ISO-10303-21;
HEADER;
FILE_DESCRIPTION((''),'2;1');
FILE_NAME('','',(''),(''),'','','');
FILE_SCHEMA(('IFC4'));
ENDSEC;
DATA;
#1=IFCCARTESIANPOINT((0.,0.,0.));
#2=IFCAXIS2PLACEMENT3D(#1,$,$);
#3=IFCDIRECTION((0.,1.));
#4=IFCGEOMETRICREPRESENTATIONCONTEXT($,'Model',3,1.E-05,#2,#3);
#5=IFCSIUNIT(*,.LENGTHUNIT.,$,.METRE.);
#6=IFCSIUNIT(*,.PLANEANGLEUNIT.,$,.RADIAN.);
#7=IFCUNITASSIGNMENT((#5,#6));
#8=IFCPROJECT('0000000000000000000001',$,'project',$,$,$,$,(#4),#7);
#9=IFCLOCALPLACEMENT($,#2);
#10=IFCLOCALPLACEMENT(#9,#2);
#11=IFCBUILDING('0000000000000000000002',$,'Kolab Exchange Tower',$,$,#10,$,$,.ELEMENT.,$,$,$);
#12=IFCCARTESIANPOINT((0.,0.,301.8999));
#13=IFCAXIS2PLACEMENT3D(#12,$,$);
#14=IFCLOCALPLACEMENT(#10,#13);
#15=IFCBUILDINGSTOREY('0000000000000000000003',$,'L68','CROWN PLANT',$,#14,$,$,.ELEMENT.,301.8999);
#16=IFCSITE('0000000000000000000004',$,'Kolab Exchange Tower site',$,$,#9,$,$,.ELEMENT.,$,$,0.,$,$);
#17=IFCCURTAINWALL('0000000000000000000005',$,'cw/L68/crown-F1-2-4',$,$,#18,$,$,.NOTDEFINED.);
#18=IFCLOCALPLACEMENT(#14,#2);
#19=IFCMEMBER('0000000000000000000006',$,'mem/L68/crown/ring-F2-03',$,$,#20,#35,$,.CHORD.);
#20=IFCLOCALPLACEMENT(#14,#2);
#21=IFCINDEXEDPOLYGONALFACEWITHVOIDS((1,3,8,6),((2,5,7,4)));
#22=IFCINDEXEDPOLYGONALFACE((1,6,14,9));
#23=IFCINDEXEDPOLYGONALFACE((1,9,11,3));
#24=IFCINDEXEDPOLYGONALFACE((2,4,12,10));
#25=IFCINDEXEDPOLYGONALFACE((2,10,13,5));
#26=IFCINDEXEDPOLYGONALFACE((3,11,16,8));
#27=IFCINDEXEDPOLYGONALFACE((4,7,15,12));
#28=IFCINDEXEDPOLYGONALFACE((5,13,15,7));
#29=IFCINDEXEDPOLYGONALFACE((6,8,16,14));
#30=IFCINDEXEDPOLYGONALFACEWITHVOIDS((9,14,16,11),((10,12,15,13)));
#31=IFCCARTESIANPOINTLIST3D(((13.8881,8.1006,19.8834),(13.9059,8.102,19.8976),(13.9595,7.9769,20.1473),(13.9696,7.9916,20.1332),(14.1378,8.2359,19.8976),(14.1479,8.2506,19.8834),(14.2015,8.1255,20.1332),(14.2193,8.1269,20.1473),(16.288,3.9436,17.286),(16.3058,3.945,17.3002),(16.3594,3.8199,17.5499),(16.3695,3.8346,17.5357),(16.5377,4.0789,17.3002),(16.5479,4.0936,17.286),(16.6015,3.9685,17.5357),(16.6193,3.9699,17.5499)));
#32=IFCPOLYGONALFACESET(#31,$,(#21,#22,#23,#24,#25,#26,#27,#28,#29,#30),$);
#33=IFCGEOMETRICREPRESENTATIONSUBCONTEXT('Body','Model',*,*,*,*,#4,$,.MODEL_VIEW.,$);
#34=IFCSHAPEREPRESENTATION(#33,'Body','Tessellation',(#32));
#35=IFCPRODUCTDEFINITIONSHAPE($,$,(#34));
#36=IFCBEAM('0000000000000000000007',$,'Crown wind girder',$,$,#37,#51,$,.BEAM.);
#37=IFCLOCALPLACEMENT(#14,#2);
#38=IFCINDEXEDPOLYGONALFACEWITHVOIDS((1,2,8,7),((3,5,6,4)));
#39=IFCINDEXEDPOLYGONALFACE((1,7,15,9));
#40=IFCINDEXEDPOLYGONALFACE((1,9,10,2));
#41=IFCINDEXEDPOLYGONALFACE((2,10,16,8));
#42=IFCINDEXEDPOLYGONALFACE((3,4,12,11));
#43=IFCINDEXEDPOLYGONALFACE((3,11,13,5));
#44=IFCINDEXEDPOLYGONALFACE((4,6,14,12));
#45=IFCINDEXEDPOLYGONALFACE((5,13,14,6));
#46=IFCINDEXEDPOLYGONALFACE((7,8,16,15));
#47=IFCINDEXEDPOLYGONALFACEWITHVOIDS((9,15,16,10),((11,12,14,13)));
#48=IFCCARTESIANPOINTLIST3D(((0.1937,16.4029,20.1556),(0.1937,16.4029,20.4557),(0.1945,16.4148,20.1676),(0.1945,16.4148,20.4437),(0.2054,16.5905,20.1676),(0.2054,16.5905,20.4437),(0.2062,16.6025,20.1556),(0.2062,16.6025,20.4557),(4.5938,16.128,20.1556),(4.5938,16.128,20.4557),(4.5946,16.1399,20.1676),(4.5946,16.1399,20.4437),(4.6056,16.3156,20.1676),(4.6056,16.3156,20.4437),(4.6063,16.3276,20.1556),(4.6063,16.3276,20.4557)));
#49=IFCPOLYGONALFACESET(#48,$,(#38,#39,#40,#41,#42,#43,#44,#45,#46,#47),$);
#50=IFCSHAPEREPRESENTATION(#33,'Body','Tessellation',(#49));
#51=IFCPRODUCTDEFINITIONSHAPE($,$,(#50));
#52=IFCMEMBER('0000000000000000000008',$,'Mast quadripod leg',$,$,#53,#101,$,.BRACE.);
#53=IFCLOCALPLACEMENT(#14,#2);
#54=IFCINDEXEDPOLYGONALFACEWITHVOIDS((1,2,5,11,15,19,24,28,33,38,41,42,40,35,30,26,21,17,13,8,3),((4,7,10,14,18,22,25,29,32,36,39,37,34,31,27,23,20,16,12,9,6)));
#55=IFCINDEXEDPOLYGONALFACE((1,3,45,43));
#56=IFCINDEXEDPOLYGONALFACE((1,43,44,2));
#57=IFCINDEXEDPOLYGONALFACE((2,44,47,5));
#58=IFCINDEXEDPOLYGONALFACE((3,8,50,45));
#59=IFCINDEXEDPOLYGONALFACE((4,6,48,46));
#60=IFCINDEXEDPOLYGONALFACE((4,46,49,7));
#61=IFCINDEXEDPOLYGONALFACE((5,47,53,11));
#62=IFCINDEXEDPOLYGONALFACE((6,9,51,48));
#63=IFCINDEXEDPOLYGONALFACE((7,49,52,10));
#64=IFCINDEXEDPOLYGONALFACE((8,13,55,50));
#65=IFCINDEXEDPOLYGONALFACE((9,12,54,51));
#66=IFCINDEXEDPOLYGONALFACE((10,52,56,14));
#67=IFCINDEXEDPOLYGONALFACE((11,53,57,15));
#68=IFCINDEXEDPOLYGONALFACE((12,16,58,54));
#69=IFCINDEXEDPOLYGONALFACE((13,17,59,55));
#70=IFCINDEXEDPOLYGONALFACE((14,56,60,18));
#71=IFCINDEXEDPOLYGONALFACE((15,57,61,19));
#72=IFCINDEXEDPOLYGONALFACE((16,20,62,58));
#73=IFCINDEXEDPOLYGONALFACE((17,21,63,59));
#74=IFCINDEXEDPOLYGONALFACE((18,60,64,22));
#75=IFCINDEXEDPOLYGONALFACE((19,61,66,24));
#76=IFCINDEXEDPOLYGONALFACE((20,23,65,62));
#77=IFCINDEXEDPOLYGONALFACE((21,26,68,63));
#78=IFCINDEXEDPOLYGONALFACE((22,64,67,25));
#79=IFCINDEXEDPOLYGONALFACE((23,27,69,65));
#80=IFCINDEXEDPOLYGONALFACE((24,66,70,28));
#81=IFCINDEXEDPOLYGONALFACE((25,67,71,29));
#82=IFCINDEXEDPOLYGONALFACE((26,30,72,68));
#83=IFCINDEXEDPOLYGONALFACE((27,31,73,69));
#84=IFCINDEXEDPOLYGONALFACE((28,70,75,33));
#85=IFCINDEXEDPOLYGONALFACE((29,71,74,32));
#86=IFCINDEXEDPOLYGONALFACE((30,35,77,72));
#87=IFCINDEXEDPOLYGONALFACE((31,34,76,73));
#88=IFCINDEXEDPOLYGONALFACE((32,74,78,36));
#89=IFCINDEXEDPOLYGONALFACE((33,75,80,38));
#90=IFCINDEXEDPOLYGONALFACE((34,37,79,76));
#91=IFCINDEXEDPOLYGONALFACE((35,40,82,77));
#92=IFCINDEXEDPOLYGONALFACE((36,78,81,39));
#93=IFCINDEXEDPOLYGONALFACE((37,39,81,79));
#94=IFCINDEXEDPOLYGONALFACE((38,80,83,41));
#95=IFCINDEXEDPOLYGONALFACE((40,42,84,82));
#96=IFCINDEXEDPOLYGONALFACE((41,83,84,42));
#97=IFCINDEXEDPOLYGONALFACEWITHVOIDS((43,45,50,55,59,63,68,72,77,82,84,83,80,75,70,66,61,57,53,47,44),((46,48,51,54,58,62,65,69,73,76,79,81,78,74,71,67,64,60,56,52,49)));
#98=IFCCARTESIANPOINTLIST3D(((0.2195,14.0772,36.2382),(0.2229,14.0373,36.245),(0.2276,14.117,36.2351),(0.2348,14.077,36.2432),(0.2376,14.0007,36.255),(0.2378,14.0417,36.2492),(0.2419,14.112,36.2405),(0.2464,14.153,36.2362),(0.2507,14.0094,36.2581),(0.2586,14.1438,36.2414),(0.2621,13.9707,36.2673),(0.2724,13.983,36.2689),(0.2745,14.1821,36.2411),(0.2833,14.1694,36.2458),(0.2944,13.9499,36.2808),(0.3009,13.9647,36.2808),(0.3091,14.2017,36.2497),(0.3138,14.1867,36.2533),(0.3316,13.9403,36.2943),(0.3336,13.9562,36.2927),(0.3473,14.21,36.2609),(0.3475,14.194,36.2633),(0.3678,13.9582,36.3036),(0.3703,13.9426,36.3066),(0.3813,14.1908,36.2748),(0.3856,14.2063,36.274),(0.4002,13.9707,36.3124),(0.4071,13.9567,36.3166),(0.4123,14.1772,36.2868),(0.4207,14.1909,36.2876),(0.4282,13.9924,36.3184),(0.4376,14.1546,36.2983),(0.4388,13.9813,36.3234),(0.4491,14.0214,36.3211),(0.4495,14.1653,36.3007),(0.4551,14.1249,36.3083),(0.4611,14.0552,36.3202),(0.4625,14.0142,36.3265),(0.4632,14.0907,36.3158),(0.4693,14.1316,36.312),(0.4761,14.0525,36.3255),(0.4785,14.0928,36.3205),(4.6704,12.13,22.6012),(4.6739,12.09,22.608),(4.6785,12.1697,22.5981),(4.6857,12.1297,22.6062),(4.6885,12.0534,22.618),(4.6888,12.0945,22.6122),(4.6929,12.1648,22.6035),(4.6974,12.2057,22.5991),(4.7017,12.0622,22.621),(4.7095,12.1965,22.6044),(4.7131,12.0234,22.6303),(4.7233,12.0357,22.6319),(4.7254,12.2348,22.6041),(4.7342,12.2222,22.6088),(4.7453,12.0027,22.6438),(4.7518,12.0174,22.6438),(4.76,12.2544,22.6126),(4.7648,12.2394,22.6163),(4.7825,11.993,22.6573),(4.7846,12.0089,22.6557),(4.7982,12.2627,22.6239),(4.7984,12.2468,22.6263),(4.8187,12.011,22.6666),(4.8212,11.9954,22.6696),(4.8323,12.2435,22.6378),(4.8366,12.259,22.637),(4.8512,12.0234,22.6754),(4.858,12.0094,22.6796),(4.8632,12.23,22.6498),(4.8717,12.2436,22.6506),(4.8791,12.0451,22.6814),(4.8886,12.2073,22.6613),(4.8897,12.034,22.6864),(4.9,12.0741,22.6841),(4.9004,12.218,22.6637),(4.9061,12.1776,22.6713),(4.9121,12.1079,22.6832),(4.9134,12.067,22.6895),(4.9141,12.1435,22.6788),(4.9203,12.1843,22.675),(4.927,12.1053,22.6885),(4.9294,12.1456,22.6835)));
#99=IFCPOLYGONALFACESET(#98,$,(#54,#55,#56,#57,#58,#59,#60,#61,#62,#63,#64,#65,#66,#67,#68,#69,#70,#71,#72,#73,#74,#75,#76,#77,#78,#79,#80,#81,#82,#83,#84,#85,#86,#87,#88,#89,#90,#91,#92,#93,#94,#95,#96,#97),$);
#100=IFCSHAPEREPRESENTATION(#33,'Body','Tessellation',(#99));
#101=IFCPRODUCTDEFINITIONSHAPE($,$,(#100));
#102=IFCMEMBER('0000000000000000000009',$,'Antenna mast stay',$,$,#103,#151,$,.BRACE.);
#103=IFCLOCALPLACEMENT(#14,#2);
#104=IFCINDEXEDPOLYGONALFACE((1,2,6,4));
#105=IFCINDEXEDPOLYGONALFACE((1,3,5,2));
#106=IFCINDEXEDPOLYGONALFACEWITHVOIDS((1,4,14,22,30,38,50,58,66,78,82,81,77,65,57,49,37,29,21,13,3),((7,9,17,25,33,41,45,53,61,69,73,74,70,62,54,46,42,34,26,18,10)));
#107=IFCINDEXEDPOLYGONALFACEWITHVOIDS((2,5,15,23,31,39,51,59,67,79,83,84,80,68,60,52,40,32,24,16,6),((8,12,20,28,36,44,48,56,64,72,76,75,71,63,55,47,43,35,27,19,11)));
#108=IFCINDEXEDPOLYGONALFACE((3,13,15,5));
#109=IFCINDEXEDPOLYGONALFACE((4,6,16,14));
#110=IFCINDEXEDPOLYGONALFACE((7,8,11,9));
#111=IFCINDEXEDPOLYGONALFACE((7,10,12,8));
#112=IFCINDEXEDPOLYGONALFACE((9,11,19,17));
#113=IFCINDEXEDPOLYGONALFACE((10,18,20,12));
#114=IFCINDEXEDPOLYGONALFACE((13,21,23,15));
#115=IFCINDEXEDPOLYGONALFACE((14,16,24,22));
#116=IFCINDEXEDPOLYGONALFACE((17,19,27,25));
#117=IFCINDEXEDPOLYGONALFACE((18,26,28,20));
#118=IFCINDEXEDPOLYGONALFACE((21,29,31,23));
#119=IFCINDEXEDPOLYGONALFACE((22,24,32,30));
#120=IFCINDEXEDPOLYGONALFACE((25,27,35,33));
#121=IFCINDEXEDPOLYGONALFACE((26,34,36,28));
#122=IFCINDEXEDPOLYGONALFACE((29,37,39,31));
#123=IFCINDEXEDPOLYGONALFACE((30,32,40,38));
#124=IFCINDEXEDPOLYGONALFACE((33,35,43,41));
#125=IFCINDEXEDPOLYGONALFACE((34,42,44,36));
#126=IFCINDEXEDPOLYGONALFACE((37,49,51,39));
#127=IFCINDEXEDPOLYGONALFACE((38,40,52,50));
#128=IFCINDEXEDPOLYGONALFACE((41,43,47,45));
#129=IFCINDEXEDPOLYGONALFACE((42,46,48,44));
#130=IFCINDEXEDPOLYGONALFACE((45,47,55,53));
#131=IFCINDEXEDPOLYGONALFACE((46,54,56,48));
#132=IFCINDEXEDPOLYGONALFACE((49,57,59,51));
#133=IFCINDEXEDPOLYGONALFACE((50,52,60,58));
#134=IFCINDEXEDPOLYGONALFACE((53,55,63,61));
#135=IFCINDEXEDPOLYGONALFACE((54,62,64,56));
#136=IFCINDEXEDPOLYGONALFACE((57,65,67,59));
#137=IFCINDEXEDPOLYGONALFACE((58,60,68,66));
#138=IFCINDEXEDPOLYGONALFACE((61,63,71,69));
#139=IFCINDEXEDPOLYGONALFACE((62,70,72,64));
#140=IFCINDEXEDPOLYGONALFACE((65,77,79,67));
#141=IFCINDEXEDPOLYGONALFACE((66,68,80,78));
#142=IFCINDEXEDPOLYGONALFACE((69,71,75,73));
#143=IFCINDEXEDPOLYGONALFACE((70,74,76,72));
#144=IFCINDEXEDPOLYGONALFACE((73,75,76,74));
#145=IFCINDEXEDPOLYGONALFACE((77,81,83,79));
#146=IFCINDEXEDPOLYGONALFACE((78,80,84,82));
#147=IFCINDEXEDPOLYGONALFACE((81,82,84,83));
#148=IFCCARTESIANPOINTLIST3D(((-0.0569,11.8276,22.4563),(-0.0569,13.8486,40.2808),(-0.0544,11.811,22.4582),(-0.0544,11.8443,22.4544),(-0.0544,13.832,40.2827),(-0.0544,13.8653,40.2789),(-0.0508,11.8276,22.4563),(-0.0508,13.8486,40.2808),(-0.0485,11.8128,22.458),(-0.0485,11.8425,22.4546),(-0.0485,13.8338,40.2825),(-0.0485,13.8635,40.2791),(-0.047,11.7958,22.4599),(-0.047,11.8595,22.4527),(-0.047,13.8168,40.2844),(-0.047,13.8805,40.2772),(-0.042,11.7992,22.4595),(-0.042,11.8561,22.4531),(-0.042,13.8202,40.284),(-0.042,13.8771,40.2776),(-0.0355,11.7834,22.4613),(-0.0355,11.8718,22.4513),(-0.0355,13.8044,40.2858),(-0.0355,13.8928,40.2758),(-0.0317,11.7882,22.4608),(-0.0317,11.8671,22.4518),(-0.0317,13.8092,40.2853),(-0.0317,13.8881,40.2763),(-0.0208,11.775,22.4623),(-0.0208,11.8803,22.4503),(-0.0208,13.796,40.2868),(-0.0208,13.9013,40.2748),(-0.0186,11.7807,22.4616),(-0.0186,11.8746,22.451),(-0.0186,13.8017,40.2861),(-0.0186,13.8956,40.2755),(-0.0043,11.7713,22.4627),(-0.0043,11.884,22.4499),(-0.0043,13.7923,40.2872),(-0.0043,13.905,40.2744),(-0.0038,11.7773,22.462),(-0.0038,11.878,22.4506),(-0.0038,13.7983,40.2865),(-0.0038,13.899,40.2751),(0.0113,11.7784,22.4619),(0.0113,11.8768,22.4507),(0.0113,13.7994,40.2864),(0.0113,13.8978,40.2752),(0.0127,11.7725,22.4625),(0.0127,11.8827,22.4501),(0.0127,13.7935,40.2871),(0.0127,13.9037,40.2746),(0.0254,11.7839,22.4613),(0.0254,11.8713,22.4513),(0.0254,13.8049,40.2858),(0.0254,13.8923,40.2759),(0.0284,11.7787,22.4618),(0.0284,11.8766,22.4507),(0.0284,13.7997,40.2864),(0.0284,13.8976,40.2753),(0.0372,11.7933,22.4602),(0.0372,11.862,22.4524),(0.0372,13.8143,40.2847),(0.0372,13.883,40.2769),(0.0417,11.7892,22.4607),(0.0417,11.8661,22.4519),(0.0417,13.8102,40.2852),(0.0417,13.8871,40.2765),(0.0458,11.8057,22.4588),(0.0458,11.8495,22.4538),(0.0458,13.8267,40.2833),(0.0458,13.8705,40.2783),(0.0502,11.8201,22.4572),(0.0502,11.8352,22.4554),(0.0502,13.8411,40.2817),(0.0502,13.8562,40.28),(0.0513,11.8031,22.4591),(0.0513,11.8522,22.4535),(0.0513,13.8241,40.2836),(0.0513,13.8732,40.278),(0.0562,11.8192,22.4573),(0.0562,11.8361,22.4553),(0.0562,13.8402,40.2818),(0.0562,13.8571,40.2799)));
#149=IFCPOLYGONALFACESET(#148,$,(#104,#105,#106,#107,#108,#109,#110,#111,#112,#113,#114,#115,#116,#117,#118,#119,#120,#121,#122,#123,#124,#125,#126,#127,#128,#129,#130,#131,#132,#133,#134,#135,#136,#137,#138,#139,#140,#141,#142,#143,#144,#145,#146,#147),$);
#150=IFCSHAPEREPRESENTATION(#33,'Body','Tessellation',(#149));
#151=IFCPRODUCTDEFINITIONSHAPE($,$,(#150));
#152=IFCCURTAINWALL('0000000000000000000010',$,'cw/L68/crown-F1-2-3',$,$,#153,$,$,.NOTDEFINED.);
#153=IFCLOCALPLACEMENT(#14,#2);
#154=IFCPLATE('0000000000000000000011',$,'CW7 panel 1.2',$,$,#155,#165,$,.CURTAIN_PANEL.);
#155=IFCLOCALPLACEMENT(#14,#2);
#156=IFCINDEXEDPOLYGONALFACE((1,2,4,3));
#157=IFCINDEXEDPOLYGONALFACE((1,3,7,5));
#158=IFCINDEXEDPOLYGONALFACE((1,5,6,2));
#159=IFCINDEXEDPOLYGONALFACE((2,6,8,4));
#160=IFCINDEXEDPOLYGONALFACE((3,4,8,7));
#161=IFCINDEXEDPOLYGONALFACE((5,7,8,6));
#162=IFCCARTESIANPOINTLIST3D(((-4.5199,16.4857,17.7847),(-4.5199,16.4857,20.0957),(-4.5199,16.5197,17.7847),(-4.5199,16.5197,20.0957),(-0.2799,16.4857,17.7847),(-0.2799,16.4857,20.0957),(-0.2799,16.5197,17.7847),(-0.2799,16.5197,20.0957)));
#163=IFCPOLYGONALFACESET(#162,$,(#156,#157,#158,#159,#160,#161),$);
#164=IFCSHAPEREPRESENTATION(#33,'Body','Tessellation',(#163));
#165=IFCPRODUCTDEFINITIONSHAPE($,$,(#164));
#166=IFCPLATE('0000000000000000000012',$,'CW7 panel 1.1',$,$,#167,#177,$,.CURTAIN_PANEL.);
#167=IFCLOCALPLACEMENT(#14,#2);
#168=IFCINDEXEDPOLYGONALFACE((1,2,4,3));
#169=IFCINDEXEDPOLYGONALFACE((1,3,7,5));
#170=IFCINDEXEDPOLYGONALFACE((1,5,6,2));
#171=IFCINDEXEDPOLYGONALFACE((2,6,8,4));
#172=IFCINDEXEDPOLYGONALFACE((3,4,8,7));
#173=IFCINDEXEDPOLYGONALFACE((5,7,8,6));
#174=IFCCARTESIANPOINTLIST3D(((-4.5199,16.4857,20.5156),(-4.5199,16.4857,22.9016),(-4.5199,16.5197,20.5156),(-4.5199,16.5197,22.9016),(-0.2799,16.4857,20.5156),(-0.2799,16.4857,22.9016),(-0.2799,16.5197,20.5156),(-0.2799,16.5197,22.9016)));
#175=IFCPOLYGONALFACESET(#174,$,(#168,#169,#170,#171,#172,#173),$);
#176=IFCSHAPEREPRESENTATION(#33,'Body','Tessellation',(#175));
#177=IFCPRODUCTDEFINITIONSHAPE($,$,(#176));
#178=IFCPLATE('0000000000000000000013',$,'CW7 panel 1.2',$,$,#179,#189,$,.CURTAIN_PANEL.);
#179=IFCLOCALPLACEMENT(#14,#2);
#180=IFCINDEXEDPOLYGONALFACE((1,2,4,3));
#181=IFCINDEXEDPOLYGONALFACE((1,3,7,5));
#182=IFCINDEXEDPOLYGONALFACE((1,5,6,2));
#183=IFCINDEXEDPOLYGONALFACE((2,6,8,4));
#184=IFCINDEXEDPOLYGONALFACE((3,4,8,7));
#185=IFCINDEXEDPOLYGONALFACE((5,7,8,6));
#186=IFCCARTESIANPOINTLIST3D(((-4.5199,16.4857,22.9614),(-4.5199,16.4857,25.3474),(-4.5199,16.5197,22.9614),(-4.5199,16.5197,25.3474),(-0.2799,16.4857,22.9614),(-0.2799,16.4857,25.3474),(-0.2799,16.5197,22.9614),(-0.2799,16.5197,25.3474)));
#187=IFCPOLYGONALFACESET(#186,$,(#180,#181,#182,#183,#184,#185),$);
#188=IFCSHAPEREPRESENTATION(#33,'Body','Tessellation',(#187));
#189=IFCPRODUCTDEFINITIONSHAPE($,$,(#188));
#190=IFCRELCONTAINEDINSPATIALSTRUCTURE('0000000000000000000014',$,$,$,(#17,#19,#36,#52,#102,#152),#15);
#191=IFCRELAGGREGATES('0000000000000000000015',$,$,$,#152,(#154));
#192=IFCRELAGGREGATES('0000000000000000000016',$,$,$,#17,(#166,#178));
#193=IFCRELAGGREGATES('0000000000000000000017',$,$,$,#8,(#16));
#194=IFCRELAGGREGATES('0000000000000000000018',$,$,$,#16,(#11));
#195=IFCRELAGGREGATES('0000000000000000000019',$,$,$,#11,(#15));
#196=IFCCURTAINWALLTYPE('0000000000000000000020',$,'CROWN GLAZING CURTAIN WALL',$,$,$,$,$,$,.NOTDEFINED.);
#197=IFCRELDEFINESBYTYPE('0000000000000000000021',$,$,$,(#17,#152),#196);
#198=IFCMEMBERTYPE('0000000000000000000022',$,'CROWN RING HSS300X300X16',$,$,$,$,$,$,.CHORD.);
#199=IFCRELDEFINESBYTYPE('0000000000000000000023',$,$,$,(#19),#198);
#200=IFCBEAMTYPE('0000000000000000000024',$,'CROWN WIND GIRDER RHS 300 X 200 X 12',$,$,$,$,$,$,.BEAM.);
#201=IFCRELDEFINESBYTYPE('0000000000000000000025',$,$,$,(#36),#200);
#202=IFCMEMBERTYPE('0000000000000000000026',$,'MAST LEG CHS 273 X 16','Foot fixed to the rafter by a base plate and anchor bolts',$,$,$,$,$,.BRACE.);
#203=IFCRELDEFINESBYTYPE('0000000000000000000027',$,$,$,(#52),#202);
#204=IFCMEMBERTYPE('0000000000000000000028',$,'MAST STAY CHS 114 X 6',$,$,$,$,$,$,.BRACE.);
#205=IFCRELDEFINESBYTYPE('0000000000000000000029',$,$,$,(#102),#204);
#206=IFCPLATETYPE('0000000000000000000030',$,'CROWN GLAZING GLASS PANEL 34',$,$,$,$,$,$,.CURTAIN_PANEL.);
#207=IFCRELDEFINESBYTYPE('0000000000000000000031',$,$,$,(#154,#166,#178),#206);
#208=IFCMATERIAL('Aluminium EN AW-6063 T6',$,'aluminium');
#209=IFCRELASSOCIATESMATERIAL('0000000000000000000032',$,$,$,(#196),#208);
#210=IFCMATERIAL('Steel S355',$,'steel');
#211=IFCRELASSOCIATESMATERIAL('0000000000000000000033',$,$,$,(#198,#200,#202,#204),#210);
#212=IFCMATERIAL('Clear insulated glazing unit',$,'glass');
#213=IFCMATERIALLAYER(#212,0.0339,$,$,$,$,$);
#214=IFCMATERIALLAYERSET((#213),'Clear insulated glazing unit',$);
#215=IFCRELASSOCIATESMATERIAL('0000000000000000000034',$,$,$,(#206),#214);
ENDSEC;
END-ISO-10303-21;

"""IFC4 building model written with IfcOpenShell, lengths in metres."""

from ifc_helpers import new_model, si_unit, direction, frame, origin, origin_2d, place, context, subcontext, project, spatial, rectangle, hollow_rectangle, hollow_circle, extrude, material, layer, layer_set, material_profile, profile_set, type_object, element, aggregate, save


model = new_model("IFC4")

# Units and contexts
model_context = context("Model", 3, precision=1e-05, world=origin(), true_north=direction((0.0, 1.0)))
body_context = subcontext(model_context, "Body", "Model", "MODEL_VIEW")
ifc_project = project(units=[si_unit("LENGTHUNIT", "METRE"), si_unit("PLANEANGLEUNIT", "RADIAN")], contexts=[model_context])

# Site, building, storey
site_placement = place(None, origin())
site = spatial("IfcSite", under=ifc_project, at=site_placement, Name="Kolab Exchange Tower site", CompositionType="ELEMENT", RefElevation=0.0)
building_placement = place(site_placement, origin())
building = spatial("IfcBuilding", under=site, at=building_placement, Name="Kolab Exchange Tower", CompositionType="ELEMENT")
storey_placement = place(building_placement, frame((0.0, 0.0, 301.8999)))
storey = spatial("IfcBuildingStorey", under=building, at=storey_placement, Name="L68", Description="CROWN PLANT", CompositionType="ELEMENT", Elevation=301.8999)

# Curtain wall
ifc_material_1 = material(Name="Aluminium EN AW-6063 T6", Category="aluminium")
curtain_wall_type = type_object("IfcCurtainWallType", Name="CROWN GLAZING CURTAIN WALL", PredefinedType="NOTDEFINED", material=ifc_material_1)
curtain_wall_1_placement = place(storey_placement, origin())
curtain_wall_1 = element("IfcCurtainWall", 1, at=curtain_wall_1_placement, inside=storey, type_object=curtain_wall_type, Name="cw/L68/crown-F1-2-4", PredefinedType="NOTDEFINED")

# Member
ifc_material_2 = material(Name="Steel S355", Category="steel")
ifc_material_profile_1 = material_profile(ifc_material_2, hollow_rectangle(XDim=0.3, YDim=0.3, WallThickness=0.0161, at=origin_2d()), Name="HSS300X300X16")
ifc_profile_set_1 = profile_set([ifc_material_profile_1], Name="Steel S355")
member_type_1 = type_object("IfcMemberType", Name="CROWN RING HSS300X300X16", PredefinedType="CHORD", material=ifc_profile_set_1)
member_1_placement = place(storey_placement, frame((14.0537, 8.1138, 20.0154), z_axis=(0.439727, -0.761672, -0.475916), x_axis=(0.866037, 0.499979, 0.0)))
element("IfcMember", 2, at=member_1_placement, inside=storey, type_object=member_type_1, Name="mem/L68/crown/ring-F2-03", PredefinedType="CHORD", context=body_context, shape_type="SweptSolid", body=[
    extrude(hollow_rectangle(XDim=0.3, YDim=0.3, WallThickness=0.0161, at=origin_2d()), origin(), (0.0, 0.0, 1.0), 5.4578),
])

# Beam
ifc_material_profile_2 = material_profile(ifc_material_2, hollow_rectangle(XDim=0.2, YDim=0.3, WallThickness=0.012, at=origin_2d()), Name="RHS300X200X12")
ifc_profile_set_2 = profile_set([ifc_material_profile_2], Name="Steel S355")
beam_type = type_object("IfcBeamType", Name="CROWN WIND GIRDER RHS 300 X 200 X 12", PredefinedType="BEAM", material=ifc_profile_set_2)
beam_placement = place(storey_placement, frame((0.2, 16.5027, 20.3057), z_axis=(0.998054, -0.062354, 0.0), x_axis=(0.062354, 0.998054, 0.0)))
element("IfcBeam", 3, at=beam_placement, inside=storey, type_object=beam_type, Name="Crown wind girder", PredefinedType="BEAM", context=body_context, shape_type="SweptSolid", body=[
    extrude(hollow_rectangle(XDim=0.2, YDim=0.3, WallThickness=0.012, at=origin_2d()), origin(), (0.0, 0.0, 1.0), 4.4087),
])

# Members
ifc_material_profile_3 = material_profile(ifc_material_2, hollow_circle(Radius=0.1365, WallThickness=0.0161, at=origin_2d()), Name="CHS 273X16")
ifc_profile_set_3 = profile_set([ifc_material_profile_3], Name="Steel S355")
member_type_2 = type_object("IfcMemberType", Name="MAST LEG CHS 273 X 16", Description="Foot fixed to the rafter by a base plate and anchor bolts", PredefinedType="BRACE", material=ifc_profile_set_3)
member_2_placement = place(storey_placement, frame((4.8, 12.1277, 22.6438), z_axis=(-0.307459, 0.134512, 0.942006), x_axis=(-0.400816, -0.916158, 0.0)))
element("IfcMember", 4, at=member_2_placement, inside=storey, type_object=member_type_2, Name="Mast quadripod leg", PredefinedType="BRACE", context=body_context, shape_type="SweptSolid", body=[
    extrude(hollow_circle(Radius=0.1365, WallThickness=0.0161, at=origin_2d()), origin(), (0.0, 0.0, 1.0), 14.4766),
])
ifc_material_profile_4 = material_profile(ifc_material_2, hollow_circle(Radius=0.0569, WallThickness=0.0061, at=origin_2d()), Name="CHS 114X6")
ifc_profile_set_4 = profile_set([ifc_material_profile_4], Name="Steel S355")
member_type_3 = type_object("IfcMemberType", Name="MAST STAY CHS 114 X 6", PredefinedType="BRACE", material=ifc_profile_set_4)
member_3_placement = place(storey_placement, frame((0.0, 11.8276, 22.4563), z_axis=(0.0, 0.112661, 0.993633), x_axis=(-1.0, 0.0, 0.0)))
element("IfcMember", 5, at=member_3_placement, inside=storey, type_object=member_type_3, Name="Antenna mast stay", PredefinedType="BRACE", context=body_context, shape_type="SweptSolid", body=[
    extrude(hollow_circle(Radius=0.0569, WallThickness=0.0061, at=origin_2d()), origin(), (0.0, 0.0, 1.0), 17.9387),
])

# Curtain wall, plate
curtain_wall_2_placement = place(storey_placement, origin())
curtain_wall_2 = element("IfcCurtainWall", 6, at=curtain_wall_2_placement, inside=storey, type_object=curtain_wall_type, Name="cw/L68/crown-F1-2-3", PredefinedType="NOTDEFINED")
ifc_material_3 = material(Name="Clear insulated glazing unit", Category="glass")
ifc_layer_1 = layer(ifc_material_3, 0.0339)
ifc_layer_set_1 = layer_set([ifc_layer_1], Name="Clear insulated glazing unit")
plate_type_1 = type_object("IfcPlateType", Name="CROWN GLAZING GLASS PANEL 34", PredefinedType="CURTAIN_PANEL", material=ifc_layer_set_1)
plate_1_placement = place(storey_placement, frame((-2.3999, 16.5027, 17.7847), z_axis=(0.0, 0.0, 1.0), x_axis=(1.0, 0.0, 0.0)))
plate_1 = element("IfcPlate", 7, at=plate_1_placement, type_object=plate_type_1, Name="CW7 panel 1.2", PredefinedType="CURTAIN_PANEL", context=body_context, shape_type="SweptSolid", body=[
    extrude(rectangle(XDim=4.24, YDim=0.0339, at=origin_2d()), origin(), (0.0, 0.0, 1.0), 2.311),
])
aggregate(curtain_wall_2, [plate_1])

# Plates
plate_2_placement = place(storey_placement, frame((-2.3999, 16.5027, 20.5156), z_axis=(0.0, 0.0, 1.0), x_axis=(1.0, 0.0, 0.0)))
plate_2 = element("IfcPlate", 8, at=plate_2_placement, type_object=plate_type_1, Name="CW7 panel 1.1", PredefinedType="CURTAIN_PANEL", context=body_context, shape_type="SweptSolid", body=[
    extrude(rectangle(XDim=4.24, YDim=0.0339, at=origin_2d()), origin(), (0.0, 0.0, 1.0), 2.386),
])
plate_3_placement = place(storey_placement, frame((-2.3999, 16.5027, 22.9614), z_axis=(0.0, 0.0, 1.0), x_axis=(1.0, 0.0, 0.0)))
plate_3 = element("IfcPlate", 9, at=plate_3_placement, type_object=plate_type_1, Name="CW7 panel 1.2", PredefinedType="CURTAIN_PANEL", context=body_context, shape_type="SweptSolid", body=[
    extrude(rectangle(XDim=4.24, YDim=0.0339, at=origin_2d()), origin(), (0.0, 0.0, 1.0), 2.386),
])
aggregate(curtain_wall_1, [plate_2, plate_3])

save(model, "model.ifc")
